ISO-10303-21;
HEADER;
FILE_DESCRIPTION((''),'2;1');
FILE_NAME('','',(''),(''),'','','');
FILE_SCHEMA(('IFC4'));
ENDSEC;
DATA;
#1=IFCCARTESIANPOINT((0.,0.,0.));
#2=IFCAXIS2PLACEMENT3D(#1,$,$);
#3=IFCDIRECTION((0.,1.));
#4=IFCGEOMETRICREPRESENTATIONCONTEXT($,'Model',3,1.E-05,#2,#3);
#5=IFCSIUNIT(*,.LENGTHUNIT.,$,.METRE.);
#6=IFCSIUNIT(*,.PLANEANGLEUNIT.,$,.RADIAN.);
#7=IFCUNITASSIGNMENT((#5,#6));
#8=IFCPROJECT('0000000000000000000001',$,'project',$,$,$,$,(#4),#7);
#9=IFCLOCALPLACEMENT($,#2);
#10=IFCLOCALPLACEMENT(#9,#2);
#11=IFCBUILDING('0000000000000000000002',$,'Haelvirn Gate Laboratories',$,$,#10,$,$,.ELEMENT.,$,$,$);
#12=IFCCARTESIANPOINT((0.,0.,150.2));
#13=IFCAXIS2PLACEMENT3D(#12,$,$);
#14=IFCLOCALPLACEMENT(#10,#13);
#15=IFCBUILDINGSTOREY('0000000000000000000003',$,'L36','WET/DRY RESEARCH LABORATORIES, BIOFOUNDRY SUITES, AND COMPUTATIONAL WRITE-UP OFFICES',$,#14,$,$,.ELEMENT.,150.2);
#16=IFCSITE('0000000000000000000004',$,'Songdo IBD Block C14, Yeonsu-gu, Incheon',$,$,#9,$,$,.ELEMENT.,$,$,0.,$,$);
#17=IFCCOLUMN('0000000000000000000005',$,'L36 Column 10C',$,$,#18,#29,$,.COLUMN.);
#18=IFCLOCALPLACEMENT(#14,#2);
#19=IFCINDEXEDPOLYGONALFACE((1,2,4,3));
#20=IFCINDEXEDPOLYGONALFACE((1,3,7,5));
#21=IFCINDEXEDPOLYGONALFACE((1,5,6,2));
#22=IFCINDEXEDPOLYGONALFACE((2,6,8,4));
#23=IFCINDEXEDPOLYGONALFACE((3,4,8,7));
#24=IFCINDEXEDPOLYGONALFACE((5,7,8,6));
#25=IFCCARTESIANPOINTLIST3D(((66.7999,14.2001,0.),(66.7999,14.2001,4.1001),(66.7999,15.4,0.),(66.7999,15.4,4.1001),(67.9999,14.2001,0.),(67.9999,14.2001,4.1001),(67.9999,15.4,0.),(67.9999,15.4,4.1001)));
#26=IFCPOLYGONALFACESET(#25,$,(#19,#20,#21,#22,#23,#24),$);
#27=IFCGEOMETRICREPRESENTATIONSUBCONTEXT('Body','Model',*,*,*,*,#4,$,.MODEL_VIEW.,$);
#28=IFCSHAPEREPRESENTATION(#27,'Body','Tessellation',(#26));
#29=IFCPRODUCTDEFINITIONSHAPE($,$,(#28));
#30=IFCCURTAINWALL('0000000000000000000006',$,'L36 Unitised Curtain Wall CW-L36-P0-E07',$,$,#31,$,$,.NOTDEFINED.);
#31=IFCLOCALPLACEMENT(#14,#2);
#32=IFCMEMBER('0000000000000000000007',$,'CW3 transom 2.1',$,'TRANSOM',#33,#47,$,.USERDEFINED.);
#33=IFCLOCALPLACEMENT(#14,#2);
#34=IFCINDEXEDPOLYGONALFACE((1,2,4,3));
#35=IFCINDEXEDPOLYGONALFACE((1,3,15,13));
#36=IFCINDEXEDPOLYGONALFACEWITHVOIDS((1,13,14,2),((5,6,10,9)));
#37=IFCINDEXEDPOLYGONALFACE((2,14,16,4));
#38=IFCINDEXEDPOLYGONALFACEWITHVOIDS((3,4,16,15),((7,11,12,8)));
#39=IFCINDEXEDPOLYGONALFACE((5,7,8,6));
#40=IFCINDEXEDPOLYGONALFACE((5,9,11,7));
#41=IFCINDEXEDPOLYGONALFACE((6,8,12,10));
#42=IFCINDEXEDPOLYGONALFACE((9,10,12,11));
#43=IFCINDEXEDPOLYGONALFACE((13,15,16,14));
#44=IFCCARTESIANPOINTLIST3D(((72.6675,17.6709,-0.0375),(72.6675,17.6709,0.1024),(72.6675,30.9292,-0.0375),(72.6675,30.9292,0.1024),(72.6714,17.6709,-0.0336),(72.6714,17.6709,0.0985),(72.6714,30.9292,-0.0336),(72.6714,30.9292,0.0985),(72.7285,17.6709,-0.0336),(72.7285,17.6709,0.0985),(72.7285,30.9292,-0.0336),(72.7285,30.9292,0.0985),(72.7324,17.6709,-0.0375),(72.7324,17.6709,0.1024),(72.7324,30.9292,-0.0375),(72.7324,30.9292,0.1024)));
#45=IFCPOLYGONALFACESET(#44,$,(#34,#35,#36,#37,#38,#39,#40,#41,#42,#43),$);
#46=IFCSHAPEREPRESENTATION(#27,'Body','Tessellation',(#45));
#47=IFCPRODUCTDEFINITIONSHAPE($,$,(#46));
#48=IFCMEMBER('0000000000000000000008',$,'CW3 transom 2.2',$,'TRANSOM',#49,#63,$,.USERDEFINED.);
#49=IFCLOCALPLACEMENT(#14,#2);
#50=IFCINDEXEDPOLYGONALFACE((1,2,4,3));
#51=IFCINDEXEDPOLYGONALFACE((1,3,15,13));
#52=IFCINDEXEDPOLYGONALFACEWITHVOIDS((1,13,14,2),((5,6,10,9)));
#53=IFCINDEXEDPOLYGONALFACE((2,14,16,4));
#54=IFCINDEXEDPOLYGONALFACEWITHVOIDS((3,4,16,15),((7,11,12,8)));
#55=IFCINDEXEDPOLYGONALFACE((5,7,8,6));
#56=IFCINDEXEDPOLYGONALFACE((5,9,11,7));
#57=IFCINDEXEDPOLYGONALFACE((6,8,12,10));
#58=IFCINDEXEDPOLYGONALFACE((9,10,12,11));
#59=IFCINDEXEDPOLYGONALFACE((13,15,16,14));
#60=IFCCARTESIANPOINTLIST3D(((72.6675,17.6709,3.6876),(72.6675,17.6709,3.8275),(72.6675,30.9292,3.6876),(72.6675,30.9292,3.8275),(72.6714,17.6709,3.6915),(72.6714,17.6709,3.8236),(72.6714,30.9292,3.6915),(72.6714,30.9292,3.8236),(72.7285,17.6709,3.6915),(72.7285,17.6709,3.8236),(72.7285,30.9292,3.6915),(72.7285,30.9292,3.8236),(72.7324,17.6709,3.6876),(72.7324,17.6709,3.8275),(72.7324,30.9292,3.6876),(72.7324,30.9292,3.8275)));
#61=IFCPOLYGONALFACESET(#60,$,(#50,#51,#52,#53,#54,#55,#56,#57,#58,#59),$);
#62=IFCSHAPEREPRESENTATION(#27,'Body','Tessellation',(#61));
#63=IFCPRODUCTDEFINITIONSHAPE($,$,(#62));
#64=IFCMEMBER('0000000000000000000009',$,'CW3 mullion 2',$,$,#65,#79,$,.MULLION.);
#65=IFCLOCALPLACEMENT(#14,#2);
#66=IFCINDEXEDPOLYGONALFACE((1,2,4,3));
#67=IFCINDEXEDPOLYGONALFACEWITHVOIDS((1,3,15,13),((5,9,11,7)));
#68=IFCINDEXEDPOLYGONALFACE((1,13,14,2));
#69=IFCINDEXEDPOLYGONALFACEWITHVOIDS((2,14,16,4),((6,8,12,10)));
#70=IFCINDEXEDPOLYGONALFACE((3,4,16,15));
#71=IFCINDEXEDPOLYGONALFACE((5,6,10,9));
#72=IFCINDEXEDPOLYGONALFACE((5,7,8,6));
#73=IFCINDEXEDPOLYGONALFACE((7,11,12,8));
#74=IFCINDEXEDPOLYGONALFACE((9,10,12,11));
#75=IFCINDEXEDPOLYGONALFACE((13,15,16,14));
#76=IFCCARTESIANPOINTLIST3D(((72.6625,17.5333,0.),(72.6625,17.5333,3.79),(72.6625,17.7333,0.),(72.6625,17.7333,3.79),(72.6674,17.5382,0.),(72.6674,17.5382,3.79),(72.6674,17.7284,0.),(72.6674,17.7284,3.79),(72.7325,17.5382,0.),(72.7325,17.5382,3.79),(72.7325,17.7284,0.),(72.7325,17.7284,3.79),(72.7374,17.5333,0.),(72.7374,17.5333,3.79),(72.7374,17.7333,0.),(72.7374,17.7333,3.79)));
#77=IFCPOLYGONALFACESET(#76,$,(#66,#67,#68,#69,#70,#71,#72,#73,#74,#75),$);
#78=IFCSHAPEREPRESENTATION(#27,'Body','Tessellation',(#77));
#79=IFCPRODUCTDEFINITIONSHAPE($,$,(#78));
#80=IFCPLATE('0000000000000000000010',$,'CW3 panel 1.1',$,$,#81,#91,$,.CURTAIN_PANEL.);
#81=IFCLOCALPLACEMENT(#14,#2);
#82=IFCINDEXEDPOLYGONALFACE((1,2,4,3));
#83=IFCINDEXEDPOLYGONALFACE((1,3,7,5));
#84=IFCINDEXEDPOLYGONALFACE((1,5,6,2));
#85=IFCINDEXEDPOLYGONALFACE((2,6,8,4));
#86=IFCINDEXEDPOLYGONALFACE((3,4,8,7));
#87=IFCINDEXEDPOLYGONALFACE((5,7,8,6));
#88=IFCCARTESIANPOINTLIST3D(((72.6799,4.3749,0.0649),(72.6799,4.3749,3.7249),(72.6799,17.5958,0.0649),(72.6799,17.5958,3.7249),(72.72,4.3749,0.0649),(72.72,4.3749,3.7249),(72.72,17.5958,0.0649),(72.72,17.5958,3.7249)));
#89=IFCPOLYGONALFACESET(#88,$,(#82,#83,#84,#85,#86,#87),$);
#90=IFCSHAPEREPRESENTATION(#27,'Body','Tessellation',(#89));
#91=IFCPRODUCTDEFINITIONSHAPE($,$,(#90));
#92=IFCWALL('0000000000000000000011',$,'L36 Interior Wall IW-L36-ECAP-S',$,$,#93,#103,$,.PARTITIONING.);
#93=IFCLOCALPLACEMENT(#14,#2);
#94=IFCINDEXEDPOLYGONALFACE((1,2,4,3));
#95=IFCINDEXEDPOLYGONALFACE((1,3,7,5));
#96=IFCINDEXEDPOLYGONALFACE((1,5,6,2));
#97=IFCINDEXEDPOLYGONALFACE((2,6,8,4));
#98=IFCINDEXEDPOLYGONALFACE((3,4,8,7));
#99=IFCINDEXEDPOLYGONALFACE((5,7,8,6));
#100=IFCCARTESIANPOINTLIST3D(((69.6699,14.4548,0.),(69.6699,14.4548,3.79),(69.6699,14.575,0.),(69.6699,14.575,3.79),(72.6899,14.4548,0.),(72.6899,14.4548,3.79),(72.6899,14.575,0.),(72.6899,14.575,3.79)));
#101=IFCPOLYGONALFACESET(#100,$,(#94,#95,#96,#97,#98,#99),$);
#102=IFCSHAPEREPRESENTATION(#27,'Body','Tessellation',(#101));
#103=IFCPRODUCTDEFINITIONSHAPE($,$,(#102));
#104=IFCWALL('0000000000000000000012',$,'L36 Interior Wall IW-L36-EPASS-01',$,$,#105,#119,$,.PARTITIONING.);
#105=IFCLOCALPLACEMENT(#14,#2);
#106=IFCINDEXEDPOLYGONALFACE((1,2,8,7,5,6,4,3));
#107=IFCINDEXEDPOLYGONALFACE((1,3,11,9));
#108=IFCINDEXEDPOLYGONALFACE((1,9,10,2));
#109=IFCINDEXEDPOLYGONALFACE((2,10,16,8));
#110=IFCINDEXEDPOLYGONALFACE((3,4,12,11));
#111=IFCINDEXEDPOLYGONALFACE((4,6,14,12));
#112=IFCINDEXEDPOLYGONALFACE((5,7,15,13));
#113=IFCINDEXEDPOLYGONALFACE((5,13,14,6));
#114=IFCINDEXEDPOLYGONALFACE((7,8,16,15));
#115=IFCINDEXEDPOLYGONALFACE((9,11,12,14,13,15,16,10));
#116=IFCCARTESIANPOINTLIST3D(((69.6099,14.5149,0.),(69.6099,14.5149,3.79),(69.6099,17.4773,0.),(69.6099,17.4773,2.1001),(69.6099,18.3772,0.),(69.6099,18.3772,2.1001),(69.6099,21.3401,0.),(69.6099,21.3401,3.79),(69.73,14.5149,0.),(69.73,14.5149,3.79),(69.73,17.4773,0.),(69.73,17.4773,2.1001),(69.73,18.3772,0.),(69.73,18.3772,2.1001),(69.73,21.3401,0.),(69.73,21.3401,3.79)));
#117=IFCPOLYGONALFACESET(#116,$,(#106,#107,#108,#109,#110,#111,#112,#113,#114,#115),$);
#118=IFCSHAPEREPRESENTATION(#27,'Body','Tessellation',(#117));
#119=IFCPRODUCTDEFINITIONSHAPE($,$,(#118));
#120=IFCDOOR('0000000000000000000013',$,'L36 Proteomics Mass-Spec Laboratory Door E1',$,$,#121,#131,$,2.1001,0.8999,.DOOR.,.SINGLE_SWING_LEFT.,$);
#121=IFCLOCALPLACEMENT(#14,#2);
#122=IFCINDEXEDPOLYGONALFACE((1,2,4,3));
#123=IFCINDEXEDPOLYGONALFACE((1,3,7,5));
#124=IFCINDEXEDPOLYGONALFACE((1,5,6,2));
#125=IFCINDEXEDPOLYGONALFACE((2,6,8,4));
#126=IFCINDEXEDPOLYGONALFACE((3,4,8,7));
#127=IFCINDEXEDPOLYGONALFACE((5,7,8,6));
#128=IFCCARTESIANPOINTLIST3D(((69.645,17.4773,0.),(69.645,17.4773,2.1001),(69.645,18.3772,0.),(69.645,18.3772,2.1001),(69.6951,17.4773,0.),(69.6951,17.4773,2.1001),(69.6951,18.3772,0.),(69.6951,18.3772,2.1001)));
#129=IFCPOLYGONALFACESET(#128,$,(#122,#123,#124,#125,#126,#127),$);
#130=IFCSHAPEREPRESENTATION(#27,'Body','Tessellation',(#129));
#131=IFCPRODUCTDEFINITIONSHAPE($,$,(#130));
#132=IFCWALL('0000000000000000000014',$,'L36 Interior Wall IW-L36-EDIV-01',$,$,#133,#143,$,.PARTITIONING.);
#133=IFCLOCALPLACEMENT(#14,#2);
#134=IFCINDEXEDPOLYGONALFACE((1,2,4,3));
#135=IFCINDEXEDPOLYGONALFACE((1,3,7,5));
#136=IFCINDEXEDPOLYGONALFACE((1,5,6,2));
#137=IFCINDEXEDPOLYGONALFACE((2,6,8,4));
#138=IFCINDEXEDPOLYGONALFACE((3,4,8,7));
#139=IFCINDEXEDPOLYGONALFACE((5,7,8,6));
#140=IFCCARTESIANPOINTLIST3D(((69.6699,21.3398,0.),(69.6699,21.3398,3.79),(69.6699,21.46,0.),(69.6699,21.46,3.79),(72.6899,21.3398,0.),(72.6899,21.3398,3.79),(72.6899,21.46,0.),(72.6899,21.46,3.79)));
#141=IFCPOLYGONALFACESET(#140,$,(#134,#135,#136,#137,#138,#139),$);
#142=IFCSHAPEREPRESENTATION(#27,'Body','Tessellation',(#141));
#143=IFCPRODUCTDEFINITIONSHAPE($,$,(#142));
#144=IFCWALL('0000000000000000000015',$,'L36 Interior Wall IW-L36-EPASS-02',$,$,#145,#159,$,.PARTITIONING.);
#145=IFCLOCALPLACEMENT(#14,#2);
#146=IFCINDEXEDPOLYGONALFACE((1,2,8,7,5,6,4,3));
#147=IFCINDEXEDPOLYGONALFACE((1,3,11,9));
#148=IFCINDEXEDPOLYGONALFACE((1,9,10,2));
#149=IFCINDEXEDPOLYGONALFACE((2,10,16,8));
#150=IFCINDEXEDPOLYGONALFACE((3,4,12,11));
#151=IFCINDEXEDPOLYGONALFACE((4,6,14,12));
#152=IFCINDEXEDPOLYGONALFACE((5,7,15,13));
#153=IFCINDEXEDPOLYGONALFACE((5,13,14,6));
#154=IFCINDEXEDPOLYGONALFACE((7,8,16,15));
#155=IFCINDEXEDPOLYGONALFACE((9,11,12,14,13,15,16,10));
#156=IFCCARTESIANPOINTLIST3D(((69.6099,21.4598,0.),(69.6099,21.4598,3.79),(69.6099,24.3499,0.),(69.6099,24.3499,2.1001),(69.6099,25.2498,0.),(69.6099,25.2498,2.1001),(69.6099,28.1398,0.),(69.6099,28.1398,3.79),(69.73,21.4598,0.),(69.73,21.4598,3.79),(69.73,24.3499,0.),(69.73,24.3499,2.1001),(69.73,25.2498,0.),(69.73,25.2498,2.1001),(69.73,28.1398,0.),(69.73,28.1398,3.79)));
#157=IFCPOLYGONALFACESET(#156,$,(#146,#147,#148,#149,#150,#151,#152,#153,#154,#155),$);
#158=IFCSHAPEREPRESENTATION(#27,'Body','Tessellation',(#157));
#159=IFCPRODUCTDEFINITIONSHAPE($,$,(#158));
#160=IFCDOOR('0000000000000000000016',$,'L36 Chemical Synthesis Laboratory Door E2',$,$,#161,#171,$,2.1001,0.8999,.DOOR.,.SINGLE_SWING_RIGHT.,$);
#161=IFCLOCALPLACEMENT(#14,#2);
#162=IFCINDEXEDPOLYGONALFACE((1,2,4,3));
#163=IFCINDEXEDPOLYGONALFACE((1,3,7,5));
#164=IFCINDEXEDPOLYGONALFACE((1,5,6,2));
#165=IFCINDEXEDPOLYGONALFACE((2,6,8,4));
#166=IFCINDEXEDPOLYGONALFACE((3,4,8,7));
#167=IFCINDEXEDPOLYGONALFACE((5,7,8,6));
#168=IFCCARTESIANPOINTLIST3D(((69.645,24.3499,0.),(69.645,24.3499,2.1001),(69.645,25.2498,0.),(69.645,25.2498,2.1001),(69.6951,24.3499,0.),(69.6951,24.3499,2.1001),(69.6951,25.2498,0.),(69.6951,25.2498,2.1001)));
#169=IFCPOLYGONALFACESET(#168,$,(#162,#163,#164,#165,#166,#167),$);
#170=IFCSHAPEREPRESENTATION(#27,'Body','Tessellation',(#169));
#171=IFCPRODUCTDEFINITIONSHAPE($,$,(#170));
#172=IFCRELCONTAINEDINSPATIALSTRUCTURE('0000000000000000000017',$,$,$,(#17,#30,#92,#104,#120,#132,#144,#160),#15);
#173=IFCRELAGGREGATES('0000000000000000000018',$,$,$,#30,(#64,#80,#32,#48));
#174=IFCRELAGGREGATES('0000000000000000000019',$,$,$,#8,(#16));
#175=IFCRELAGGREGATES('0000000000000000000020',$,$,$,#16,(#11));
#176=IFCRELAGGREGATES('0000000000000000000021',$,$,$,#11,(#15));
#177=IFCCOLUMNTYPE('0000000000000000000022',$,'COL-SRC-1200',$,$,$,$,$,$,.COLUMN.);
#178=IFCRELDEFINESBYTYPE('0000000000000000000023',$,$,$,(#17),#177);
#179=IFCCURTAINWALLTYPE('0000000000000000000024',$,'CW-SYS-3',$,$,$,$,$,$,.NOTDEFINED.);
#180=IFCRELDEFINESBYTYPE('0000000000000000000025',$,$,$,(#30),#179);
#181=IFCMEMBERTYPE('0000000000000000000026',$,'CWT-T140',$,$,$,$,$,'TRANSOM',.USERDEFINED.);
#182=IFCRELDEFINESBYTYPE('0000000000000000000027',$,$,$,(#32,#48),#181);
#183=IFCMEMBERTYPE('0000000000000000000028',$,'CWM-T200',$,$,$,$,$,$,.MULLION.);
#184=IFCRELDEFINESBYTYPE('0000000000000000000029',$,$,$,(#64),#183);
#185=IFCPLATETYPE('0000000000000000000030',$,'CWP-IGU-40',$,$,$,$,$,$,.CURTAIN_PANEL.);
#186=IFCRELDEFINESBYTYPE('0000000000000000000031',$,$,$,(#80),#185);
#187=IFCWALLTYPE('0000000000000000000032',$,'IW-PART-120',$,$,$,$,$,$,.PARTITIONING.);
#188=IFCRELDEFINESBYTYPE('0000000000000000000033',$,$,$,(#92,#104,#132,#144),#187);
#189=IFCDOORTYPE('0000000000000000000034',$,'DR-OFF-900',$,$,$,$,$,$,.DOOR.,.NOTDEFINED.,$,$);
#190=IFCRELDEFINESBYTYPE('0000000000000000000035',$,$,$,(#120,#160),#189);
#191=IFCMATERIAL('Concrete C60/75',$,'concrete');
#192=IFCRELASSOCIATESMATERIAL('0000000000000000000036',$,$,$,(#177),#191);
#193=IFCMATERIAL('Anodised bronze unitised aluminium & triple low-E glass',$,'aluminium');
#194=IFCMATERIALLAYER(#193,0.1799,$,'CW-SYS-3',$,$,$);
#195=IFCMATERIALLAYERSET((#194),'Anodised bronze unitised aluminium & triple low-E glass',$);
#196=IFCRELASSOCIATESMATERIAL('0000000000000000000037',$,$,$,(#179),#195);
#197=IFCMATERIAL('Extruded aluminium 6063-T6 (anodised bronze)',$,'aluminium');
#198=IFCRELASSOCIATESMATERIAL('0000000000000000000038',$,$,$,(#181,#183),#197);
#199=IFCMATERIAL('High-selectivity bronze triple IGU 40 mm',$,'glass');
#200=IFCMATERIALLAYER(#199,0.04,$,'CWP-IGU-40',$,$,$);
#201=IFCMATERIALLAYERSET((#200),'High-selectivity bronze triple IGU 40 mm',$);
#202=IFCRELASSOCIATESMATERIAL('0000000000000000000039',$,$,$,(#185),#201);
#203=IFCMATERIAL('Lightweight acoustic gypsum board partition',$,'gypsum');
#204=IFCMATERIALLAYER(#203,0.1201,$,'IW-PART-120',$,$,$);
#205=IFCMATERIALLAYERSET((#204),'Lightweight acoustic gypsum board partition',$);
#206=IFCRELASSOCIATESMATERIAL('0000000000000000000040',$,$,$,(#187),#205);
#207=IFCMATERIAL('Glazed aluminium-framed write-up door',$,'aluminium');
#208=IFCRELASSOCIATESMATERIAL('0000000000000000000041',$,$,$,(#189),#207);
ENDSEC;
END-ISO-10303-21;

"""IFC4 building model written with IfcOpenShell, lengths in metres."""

from ifc_helpers import new_model, si_unit, direction, frame, frame_2d, origin, origin_2d, place, context, subcontext, project, spatial, rectangle, hollow_rectangle, extrude, source, transform, mapped, material, layer, layer_set, material_profile, profile_set, type_object, type_shapes, element, fill, aggregate, save


model = new_model("IFC4")

# Units and contexts
model_context = context("Model", 3, precision=1e-05, world=origin(), true_north=direction((0.0, 1.0)))
body_context = subcontext(model_context, "Body", "Model", "MODEL_VIEW")
ifc_project = project(units=[si_unit("LENGTHUNIT", "METRE"), si_unit("PLANEANGLEUNIT", "RADIAN")], contexts=[model_context])

# Site, building, storey
site_placement = place(None, origin())
site = spatial("IfcSite", under=ifc_project, at=site_placement, Name="Songdo IBD Block C14, Yeonsu-gu, Incheon", CompositionType="ELEMENT", RefElevation=0.0)
building_placement = place(site_placement, origin())
building = spatial("IfcBuilding", under=site, at=building_placement, Name="Haelvirn Gate Laboratories", CompositionType="ELEMENT")
storey_placement = place(building_placement, frame((0.0, 0.0, 150.2)))
storey = spatial("IfcBuildingStorey", under=building, at=storey_placement, Name="L36", Description="WET/DRY RESEARCH LABORATORIES, BIOFOUNDRY SUITES, AND COMPUTATIONAL WRITE-UP OFFICES", CompositionType="ELEMENT", Elevation=150.2)

# Column
ifc_material_1 = material(Name="Concrete C60/75", Category="concrete")
ifc_material_profile_1 = material_profile(ifc_material_1, rectangle(XDim=1.2, YDim=1.2, at=origin_2d()), Name="SRC-1200x1200")
ifc_profile_set_1 = profile_set([ifc_material_profile_1], Name="Concrete C60/75")
column_type = type_object("IfcColumnType", Name="COL-SRC-1200", PredefinedType="COLUMN", material=ifc_profile_set_1)
shared_shape_1 = source(origin(), body_context, "Body", "SweptSolid", [
    extrude(rectangle(XDim=1.2, YDim=1.2, at=origin_2d()), origin(), (0.0, 0.0, 1.0), 4.1001),
])
type_shapes(column_type, [shared_shape_1])
column_placement = place(storey_placement, frame((67.3999, 14.8, 0.0), z_axis=(0.0, 0.0, 1.0), x_axis=(1.0, 0.0, 0.0)))
element("IfcColumn", 1, at=column_placement, inside=storey, type_object=column_type, Name="L36 Column 10C", PredefinedType="COLUMN", context=body_context, shape_type="MappedRepresentation", body=[
    mapped(shared_shape_1, transform((0.0, 0.0, 0.0), scale=1.0)),
])

# Curtain wall, members, plate
ifc_material_2 = material(Name="Anodised bronze unitised aluminium & triple low-E glass", Category="aluminium")
ifc_layer_1 = layer(ifc_material_2, 0.1799, Name="CW-SYS-3")
ifc_layer_set_1 = layer_set([ifc_layer_1], Name="Anodised bronze unitised aluminium & triple low-E glass")
curtain_wall_type = type_object("IfcCurtainWallType", Name="CW-SYS-3", PredefinedType="NOTDEFINED", material=ifc_layer_set_1)
curtain_wall_placement = place(storey_placement, origin())
curtain_wall = element("IfcCurtainWall", 2, at=curtain_wall_placement, inside=storey, type_object=curtain_wall_type, Name="L36 Unitised Curtain Wall CW-L36-P0-E07", PredefinedType="NOTDEFINED")
ifc_material_3 = material(Name="Extruded aluminium 6063-T6 (anodised bronze)", Category="aluminium")
ifc_material_profile_2 = material_profile(ifc_material_3, hollow_rectangle(XDim=0.0649, YDim=0.1399, WallThickness=0.0039, at=origin_2d()), Name="CWT-140x65x4")
ifc_profile_set_2 = profile_set([ifc_material_profile_2], Name="Extruded aluminium 6063-T6 (anodised bronze)")
member_type_1 = type_object("IfcMemberType", Name="CWT-T140", ElementType="TRANSOM", PredefinedType="USERDEFINED", material=ifc_profile_set_2)
shared_shape_2 = source(origin(), body_context, "Body", "SweptSolid", [
    extrude(hollow_rectangle(XDim=0.0649, YDim=0.1399, WallThickness=0.0039, at=origin_2d()), origin(), (0.0, 0.0, 1.0), 13.2583),
])
type_shapes(member_type_1, [shared_shape_2])
member_1_placement = place(storey_placement, frame((72.7, 17.6709, 0.0325), z_axis=(0.0, 1.0, 0.0), x_axis=(-1.0, 0.0, 0.0)))
member_1 = element("IfcMember", 3, at=member_1_placement, type_object=member_type_1, Name="CW3 transom 2.1", ObjectType="TRANSOM", PredefinedType="USERDEFINED", context=body_context, shape_type="MappedRepresentation", body=[
    mapped(shared_shape_2, transform((0.0, 0.0, 0.0), scale=1.0)),
])
member_2_placement = place(storey_placement, frame((72.7, 17.6709, 3.7576), z_axis=(0.0, 1.0, 0.0), x_axis=(-1.0, 0.0, 0.0)))
member_2 = element("IfcMember", 4, at=member_2_placement, type_object=member_type_1, Name="CW3 transom 2.2", ObjectType="TRANSOM", PredefinedType="USERDEFINED", context=body_context, shape_type="MappedRepresentation", body=[
    mapped(shared_shape_2, transform((0.0, 0.0, 0.0), scale=1.0)),
])
ifc_material_profile_3 = material_profile(ifc_material_3, hollow_rectangle(XDim=0.075, YDim=0.2, WallThickness=0.0049, at=origin_2d()), Name="CWM-200x75x5")
ifc_profile_set_3 = profile_set([ifc_material_profile_3], Name="Extruded aluminium 6063-T6 (anodised bronze)")
member_type_2 = type_object("IfcMemberType", Name="CWM-T200", PredefinedType="MULLION", material=ifc_profile_set_3)
shared_shape_3 = source(origin(), body_context, "Body", "SweptSolid", [
    extrude(hollow_rectangle(XDim=0.075, YDim=0.2, WallThickness=0.0049, at=origin_2d()), origin(), (0.0, 0.0, 1.0), 3.79),
])
type_shapes(member_type_2, [shared_shape_3])
member_3_placement = place(storey_placement, frame((72.7, 17.6333, 0.0), z_axis=(0.0, 0.0, 1.0), x_axis=(-1.0, 0.0, 0.0)))
member_3 = element("IfcMember", 5, at=member_3_placement, type_object=member_type_2, Name="CW3 mullion 2", PredefinedType="MULLION", context=body_context, shape_type="MappedRepresentation", body=[
    mapped(shared_shape_3, transform((0.0, 0.0, 0.0), scale=1.0)),
])
ifc_material_4 = material(Name="High-selectivity bronze triple IGU 40 mm", Category="glass")
ifc_layer_2 = layer(ifc_material_4, 0.04, Name="CWP-IGU-40")
ifc_layer_set_2 = layer_set([ifc_layer_2], Name="High-selectivity bronze triple IGU 40 mm")
plate_type = type_object("IfcPlateType", Name="CWP-IGU-40", PredefinedType="CURTAIN_PANEL", material=ifc_layer_set_2)
shared_shape_4 = source(origin(), body_context, "Body", "SweptSolid", [
    extrude(rectangle(XDim=13.2209, YDim=0.04, at=origin_2d()), origin(), (0.0, 0.0, 1.0), 3.6599),
])
type_shapes(plate_type, [shared_shape_4])
plate_placement = place(storey_placement, frame((72.7, 10.9854, 0.0649), z_axis=(0.0, 0.0, 1.0), x_axis=(0.0, 1.0, 0.0)))
plate = element("IfcPlate", 6, at=plate_placement, type_object=plate_type, Name="CW3 panel 1.1", PredefinedType="CURTAIN_PANEL", context=body_context, shape_type="MappedRepresentation", body=[
    mapped(shared_shape_4, transform((0.0, 0.0, 0.0), scale=1.0)),
])
aggregate(curtain_wall, [member_3, plate, member_1, member_2])

# Wall
ifc_material_5 = material(Name="Lightweight acoustic gypsum board partition", Category="gypsum")
ifc_layer_3 = layer(ifc_material_5, 0.1201, Name="IW-PART-120")
ifc_layer_set_3 = layer_set([ifc_layer_3], Name="Lightweight acoustic gypsum board partition")
wall_type_1 = type_object("IfcWallType", Name="IW-PART-120", PredefinedType="PARTITIONING", material=ifc_layer_set_3)
wall_1_placement = place(storey_placement, frame((69.6699, 14.5149, 0.0), z_axis=(0.0, 0.0, 1.0), x_axis=(1.0, 0.0, 0.0)))
element("IfcWall", 7, at=wall_1_placement, inside=storey, type_object=wall_type_1, Name="L36 Interior Wall IW-L36-ECAP-S", PredefinedType="PARTITIONING", context=body_context, shape_type="SweptSolid", body=[
    extrude(rectangle(XDim=3.02, YDim=0.1201, at=frame_2d((1.51, 0.0))), origin(), (0.0, 0.0, 1.0), 3.79),
])

# Wall, opening, door
wall_2_placement = place(storey_placement, frame((69.6699, 14.5149, 0.0), z_axis=(0.0, 0.0, 1.0), x_axis=(0.0, 1.0, 0.0)))
wall_2 = element("IfcWall", 8, at=wall_2_placement, inside=storey, type_object=wall_type_1, Name="L36 Interior Wall IW-L36-EPASS-01", PredefinedType="PARTITIONING", context=body_context, shape_type="SweptSolid", body=[
    extrude(rectangle(XDim=6.8252, YDim=0.1201, at=frame_2d((3.4126, 0.0))), origin(), (0.0, 0.0, 1.0), 3.79),
])
opening_1_placement = place(wall_2_placement, frame((2.9624, 0.0, 0.0)))
opening_1 = element("IfcOpeningElement", 9, at=opening_1_placement, cuts=wall_2, PredefinedType="OPENING", context=body_context, shape_type="SweptSolid", body=[
    extrude(rectangle(XDim=0.8999, YDim=2.1001, at=frame_2d((0.45, 1.05))), frame((0.0, 0.0701, 0.0), z_axis=(0.0, -1.0, 0.0), x_axis=(1.0, 0.0, 0.0)), (0.0, 0.0, 1.0), 0.1401),
])
ifc_material_6 = material(Name="Glazed aluminium-framed write-up door", Category="aluminium")
door_type_1 = type_object("IfcDoorType", Name="DR-OFF-900", OperationType="NOTDEFINED", PredefinedType="DOOR", material=ifc_material_6)
shared_shape_5 = source(origin(), body_context, "Body", "SweptSolid", [
    extrude(rectangle(XDim=0.8999, YDim=2.1001, at=frame_2d((0.45, 1.05))), frame((0.0, 0.0249, 0.0), z_axis=(0.0, -1.0, 0.0), x_axis=(1.0, 0.0, 0.0)), (0.0, 0.0, 1.0), 0.05),
])
type_shapes(door_type_1, [shared_shape_5])
door_1_placement = place(opening_1_placement, origin())
door_1 = element("IfcDoor", 10, at=door_1_placement, inside=storey, type_object=door_type_1, Name="L36 Proteomics Mass-Spec Laboratory Door E1", OperationType="SINGLE_SWING_LEFT", OverallHeight=2.1001, OverallWidth=0.8999, PredefinedType="DOOR", context=body_context, shape_type="MappedRepresentation", body=[
    mapped(shared_shape_5, transform((0.0, 0.0, 0.0), scale=1.0)),
])
fill(opening_1, door_1)

# Wall
wall_3_placement = place(storey_placement, frame((69.6699, 21.3999, 0.0), z_axis=(0.0, 0.0, 1.0), x_axis=(1.0, 0.0, 0.0)))
element("IfcWall", 11, at=wall_3_placement, inside=storey, type_object=wall_type_1, Name="L36 Interior Wall IW-L36-EDIV-01", PredefinedType="PARTITIONING", context=body_context, shape_type="SweptSolid", body=[
    extrude(rectangle(XDim=3.02, YDim=0.1201, at=frame_2d((1.51, 0.0))), origin(), (0.0, 0.0, 1.0), 3.79),
])

# Wall, opening, door
wall_4_placement = place(storey_placement, frame((69.6699, 21.46, 0.0), z_axis=(0.0, 0.0, 1.0), x_axis=(0.0, 1.0, 0.0)))
wall_4 = element("IfcWall", 12, at=wall_4_placement, inside=storey, type_object=wall_type_1, Name="L36 Interior Wall IW-L36-EPASS-02", PredefinedType="PARTITIONING", context=body_context, shape_type="SweptSolid", body=[
    extrude(rectangle(XDim=6.6799, YDim=0.1201, at=frame_2d((3.3398, 0.0))), origin(), (0.0, 0.0, 1.0), 3.79),
])
opening_2_placement = place(wall_4_placement, frame((2.8899, 0.0, 0.0)))
opening_2 = element("IfcOpeningElement", 13, at=opening_2_placement, cuts=wall_4, PredefinedType="OPENING", context=body_context, shape_type="SweptSolid", body=[
    extrude(rectangle(XDim=0.8999, YDim=2.1001, at=frame_2d((0.45, 1.05))), frame((0.0, 0.0701, 0.0), z_axis=(0.0, -1.0, 0.0), x_axis=(1.0, 0.0, 0.0)), (0.0, 0.0, 1.0), 0.1401),
])
door_2_placement = place(opening_2_placement, origin())
door_2 = element("IfcDoor", 14, at=door_2_placement, inside=storey, type_object=door_type_1, Name="L36 Chemical Synthesis Laboratory Door E2", OperationType="SINGLE_SWING_RIGHT", OverallHeight=2.1001, OverallWidth=0.8999, PredefinedType="DOOR", context=body_context, shape_type="MappedRepresentation", body=[
    mapped(shared_shape_5, transform((0.0, 0.0, 0.0), scale=1.0)),
])
fill(opening_2, door_2)

save(model, "model.ifc")
